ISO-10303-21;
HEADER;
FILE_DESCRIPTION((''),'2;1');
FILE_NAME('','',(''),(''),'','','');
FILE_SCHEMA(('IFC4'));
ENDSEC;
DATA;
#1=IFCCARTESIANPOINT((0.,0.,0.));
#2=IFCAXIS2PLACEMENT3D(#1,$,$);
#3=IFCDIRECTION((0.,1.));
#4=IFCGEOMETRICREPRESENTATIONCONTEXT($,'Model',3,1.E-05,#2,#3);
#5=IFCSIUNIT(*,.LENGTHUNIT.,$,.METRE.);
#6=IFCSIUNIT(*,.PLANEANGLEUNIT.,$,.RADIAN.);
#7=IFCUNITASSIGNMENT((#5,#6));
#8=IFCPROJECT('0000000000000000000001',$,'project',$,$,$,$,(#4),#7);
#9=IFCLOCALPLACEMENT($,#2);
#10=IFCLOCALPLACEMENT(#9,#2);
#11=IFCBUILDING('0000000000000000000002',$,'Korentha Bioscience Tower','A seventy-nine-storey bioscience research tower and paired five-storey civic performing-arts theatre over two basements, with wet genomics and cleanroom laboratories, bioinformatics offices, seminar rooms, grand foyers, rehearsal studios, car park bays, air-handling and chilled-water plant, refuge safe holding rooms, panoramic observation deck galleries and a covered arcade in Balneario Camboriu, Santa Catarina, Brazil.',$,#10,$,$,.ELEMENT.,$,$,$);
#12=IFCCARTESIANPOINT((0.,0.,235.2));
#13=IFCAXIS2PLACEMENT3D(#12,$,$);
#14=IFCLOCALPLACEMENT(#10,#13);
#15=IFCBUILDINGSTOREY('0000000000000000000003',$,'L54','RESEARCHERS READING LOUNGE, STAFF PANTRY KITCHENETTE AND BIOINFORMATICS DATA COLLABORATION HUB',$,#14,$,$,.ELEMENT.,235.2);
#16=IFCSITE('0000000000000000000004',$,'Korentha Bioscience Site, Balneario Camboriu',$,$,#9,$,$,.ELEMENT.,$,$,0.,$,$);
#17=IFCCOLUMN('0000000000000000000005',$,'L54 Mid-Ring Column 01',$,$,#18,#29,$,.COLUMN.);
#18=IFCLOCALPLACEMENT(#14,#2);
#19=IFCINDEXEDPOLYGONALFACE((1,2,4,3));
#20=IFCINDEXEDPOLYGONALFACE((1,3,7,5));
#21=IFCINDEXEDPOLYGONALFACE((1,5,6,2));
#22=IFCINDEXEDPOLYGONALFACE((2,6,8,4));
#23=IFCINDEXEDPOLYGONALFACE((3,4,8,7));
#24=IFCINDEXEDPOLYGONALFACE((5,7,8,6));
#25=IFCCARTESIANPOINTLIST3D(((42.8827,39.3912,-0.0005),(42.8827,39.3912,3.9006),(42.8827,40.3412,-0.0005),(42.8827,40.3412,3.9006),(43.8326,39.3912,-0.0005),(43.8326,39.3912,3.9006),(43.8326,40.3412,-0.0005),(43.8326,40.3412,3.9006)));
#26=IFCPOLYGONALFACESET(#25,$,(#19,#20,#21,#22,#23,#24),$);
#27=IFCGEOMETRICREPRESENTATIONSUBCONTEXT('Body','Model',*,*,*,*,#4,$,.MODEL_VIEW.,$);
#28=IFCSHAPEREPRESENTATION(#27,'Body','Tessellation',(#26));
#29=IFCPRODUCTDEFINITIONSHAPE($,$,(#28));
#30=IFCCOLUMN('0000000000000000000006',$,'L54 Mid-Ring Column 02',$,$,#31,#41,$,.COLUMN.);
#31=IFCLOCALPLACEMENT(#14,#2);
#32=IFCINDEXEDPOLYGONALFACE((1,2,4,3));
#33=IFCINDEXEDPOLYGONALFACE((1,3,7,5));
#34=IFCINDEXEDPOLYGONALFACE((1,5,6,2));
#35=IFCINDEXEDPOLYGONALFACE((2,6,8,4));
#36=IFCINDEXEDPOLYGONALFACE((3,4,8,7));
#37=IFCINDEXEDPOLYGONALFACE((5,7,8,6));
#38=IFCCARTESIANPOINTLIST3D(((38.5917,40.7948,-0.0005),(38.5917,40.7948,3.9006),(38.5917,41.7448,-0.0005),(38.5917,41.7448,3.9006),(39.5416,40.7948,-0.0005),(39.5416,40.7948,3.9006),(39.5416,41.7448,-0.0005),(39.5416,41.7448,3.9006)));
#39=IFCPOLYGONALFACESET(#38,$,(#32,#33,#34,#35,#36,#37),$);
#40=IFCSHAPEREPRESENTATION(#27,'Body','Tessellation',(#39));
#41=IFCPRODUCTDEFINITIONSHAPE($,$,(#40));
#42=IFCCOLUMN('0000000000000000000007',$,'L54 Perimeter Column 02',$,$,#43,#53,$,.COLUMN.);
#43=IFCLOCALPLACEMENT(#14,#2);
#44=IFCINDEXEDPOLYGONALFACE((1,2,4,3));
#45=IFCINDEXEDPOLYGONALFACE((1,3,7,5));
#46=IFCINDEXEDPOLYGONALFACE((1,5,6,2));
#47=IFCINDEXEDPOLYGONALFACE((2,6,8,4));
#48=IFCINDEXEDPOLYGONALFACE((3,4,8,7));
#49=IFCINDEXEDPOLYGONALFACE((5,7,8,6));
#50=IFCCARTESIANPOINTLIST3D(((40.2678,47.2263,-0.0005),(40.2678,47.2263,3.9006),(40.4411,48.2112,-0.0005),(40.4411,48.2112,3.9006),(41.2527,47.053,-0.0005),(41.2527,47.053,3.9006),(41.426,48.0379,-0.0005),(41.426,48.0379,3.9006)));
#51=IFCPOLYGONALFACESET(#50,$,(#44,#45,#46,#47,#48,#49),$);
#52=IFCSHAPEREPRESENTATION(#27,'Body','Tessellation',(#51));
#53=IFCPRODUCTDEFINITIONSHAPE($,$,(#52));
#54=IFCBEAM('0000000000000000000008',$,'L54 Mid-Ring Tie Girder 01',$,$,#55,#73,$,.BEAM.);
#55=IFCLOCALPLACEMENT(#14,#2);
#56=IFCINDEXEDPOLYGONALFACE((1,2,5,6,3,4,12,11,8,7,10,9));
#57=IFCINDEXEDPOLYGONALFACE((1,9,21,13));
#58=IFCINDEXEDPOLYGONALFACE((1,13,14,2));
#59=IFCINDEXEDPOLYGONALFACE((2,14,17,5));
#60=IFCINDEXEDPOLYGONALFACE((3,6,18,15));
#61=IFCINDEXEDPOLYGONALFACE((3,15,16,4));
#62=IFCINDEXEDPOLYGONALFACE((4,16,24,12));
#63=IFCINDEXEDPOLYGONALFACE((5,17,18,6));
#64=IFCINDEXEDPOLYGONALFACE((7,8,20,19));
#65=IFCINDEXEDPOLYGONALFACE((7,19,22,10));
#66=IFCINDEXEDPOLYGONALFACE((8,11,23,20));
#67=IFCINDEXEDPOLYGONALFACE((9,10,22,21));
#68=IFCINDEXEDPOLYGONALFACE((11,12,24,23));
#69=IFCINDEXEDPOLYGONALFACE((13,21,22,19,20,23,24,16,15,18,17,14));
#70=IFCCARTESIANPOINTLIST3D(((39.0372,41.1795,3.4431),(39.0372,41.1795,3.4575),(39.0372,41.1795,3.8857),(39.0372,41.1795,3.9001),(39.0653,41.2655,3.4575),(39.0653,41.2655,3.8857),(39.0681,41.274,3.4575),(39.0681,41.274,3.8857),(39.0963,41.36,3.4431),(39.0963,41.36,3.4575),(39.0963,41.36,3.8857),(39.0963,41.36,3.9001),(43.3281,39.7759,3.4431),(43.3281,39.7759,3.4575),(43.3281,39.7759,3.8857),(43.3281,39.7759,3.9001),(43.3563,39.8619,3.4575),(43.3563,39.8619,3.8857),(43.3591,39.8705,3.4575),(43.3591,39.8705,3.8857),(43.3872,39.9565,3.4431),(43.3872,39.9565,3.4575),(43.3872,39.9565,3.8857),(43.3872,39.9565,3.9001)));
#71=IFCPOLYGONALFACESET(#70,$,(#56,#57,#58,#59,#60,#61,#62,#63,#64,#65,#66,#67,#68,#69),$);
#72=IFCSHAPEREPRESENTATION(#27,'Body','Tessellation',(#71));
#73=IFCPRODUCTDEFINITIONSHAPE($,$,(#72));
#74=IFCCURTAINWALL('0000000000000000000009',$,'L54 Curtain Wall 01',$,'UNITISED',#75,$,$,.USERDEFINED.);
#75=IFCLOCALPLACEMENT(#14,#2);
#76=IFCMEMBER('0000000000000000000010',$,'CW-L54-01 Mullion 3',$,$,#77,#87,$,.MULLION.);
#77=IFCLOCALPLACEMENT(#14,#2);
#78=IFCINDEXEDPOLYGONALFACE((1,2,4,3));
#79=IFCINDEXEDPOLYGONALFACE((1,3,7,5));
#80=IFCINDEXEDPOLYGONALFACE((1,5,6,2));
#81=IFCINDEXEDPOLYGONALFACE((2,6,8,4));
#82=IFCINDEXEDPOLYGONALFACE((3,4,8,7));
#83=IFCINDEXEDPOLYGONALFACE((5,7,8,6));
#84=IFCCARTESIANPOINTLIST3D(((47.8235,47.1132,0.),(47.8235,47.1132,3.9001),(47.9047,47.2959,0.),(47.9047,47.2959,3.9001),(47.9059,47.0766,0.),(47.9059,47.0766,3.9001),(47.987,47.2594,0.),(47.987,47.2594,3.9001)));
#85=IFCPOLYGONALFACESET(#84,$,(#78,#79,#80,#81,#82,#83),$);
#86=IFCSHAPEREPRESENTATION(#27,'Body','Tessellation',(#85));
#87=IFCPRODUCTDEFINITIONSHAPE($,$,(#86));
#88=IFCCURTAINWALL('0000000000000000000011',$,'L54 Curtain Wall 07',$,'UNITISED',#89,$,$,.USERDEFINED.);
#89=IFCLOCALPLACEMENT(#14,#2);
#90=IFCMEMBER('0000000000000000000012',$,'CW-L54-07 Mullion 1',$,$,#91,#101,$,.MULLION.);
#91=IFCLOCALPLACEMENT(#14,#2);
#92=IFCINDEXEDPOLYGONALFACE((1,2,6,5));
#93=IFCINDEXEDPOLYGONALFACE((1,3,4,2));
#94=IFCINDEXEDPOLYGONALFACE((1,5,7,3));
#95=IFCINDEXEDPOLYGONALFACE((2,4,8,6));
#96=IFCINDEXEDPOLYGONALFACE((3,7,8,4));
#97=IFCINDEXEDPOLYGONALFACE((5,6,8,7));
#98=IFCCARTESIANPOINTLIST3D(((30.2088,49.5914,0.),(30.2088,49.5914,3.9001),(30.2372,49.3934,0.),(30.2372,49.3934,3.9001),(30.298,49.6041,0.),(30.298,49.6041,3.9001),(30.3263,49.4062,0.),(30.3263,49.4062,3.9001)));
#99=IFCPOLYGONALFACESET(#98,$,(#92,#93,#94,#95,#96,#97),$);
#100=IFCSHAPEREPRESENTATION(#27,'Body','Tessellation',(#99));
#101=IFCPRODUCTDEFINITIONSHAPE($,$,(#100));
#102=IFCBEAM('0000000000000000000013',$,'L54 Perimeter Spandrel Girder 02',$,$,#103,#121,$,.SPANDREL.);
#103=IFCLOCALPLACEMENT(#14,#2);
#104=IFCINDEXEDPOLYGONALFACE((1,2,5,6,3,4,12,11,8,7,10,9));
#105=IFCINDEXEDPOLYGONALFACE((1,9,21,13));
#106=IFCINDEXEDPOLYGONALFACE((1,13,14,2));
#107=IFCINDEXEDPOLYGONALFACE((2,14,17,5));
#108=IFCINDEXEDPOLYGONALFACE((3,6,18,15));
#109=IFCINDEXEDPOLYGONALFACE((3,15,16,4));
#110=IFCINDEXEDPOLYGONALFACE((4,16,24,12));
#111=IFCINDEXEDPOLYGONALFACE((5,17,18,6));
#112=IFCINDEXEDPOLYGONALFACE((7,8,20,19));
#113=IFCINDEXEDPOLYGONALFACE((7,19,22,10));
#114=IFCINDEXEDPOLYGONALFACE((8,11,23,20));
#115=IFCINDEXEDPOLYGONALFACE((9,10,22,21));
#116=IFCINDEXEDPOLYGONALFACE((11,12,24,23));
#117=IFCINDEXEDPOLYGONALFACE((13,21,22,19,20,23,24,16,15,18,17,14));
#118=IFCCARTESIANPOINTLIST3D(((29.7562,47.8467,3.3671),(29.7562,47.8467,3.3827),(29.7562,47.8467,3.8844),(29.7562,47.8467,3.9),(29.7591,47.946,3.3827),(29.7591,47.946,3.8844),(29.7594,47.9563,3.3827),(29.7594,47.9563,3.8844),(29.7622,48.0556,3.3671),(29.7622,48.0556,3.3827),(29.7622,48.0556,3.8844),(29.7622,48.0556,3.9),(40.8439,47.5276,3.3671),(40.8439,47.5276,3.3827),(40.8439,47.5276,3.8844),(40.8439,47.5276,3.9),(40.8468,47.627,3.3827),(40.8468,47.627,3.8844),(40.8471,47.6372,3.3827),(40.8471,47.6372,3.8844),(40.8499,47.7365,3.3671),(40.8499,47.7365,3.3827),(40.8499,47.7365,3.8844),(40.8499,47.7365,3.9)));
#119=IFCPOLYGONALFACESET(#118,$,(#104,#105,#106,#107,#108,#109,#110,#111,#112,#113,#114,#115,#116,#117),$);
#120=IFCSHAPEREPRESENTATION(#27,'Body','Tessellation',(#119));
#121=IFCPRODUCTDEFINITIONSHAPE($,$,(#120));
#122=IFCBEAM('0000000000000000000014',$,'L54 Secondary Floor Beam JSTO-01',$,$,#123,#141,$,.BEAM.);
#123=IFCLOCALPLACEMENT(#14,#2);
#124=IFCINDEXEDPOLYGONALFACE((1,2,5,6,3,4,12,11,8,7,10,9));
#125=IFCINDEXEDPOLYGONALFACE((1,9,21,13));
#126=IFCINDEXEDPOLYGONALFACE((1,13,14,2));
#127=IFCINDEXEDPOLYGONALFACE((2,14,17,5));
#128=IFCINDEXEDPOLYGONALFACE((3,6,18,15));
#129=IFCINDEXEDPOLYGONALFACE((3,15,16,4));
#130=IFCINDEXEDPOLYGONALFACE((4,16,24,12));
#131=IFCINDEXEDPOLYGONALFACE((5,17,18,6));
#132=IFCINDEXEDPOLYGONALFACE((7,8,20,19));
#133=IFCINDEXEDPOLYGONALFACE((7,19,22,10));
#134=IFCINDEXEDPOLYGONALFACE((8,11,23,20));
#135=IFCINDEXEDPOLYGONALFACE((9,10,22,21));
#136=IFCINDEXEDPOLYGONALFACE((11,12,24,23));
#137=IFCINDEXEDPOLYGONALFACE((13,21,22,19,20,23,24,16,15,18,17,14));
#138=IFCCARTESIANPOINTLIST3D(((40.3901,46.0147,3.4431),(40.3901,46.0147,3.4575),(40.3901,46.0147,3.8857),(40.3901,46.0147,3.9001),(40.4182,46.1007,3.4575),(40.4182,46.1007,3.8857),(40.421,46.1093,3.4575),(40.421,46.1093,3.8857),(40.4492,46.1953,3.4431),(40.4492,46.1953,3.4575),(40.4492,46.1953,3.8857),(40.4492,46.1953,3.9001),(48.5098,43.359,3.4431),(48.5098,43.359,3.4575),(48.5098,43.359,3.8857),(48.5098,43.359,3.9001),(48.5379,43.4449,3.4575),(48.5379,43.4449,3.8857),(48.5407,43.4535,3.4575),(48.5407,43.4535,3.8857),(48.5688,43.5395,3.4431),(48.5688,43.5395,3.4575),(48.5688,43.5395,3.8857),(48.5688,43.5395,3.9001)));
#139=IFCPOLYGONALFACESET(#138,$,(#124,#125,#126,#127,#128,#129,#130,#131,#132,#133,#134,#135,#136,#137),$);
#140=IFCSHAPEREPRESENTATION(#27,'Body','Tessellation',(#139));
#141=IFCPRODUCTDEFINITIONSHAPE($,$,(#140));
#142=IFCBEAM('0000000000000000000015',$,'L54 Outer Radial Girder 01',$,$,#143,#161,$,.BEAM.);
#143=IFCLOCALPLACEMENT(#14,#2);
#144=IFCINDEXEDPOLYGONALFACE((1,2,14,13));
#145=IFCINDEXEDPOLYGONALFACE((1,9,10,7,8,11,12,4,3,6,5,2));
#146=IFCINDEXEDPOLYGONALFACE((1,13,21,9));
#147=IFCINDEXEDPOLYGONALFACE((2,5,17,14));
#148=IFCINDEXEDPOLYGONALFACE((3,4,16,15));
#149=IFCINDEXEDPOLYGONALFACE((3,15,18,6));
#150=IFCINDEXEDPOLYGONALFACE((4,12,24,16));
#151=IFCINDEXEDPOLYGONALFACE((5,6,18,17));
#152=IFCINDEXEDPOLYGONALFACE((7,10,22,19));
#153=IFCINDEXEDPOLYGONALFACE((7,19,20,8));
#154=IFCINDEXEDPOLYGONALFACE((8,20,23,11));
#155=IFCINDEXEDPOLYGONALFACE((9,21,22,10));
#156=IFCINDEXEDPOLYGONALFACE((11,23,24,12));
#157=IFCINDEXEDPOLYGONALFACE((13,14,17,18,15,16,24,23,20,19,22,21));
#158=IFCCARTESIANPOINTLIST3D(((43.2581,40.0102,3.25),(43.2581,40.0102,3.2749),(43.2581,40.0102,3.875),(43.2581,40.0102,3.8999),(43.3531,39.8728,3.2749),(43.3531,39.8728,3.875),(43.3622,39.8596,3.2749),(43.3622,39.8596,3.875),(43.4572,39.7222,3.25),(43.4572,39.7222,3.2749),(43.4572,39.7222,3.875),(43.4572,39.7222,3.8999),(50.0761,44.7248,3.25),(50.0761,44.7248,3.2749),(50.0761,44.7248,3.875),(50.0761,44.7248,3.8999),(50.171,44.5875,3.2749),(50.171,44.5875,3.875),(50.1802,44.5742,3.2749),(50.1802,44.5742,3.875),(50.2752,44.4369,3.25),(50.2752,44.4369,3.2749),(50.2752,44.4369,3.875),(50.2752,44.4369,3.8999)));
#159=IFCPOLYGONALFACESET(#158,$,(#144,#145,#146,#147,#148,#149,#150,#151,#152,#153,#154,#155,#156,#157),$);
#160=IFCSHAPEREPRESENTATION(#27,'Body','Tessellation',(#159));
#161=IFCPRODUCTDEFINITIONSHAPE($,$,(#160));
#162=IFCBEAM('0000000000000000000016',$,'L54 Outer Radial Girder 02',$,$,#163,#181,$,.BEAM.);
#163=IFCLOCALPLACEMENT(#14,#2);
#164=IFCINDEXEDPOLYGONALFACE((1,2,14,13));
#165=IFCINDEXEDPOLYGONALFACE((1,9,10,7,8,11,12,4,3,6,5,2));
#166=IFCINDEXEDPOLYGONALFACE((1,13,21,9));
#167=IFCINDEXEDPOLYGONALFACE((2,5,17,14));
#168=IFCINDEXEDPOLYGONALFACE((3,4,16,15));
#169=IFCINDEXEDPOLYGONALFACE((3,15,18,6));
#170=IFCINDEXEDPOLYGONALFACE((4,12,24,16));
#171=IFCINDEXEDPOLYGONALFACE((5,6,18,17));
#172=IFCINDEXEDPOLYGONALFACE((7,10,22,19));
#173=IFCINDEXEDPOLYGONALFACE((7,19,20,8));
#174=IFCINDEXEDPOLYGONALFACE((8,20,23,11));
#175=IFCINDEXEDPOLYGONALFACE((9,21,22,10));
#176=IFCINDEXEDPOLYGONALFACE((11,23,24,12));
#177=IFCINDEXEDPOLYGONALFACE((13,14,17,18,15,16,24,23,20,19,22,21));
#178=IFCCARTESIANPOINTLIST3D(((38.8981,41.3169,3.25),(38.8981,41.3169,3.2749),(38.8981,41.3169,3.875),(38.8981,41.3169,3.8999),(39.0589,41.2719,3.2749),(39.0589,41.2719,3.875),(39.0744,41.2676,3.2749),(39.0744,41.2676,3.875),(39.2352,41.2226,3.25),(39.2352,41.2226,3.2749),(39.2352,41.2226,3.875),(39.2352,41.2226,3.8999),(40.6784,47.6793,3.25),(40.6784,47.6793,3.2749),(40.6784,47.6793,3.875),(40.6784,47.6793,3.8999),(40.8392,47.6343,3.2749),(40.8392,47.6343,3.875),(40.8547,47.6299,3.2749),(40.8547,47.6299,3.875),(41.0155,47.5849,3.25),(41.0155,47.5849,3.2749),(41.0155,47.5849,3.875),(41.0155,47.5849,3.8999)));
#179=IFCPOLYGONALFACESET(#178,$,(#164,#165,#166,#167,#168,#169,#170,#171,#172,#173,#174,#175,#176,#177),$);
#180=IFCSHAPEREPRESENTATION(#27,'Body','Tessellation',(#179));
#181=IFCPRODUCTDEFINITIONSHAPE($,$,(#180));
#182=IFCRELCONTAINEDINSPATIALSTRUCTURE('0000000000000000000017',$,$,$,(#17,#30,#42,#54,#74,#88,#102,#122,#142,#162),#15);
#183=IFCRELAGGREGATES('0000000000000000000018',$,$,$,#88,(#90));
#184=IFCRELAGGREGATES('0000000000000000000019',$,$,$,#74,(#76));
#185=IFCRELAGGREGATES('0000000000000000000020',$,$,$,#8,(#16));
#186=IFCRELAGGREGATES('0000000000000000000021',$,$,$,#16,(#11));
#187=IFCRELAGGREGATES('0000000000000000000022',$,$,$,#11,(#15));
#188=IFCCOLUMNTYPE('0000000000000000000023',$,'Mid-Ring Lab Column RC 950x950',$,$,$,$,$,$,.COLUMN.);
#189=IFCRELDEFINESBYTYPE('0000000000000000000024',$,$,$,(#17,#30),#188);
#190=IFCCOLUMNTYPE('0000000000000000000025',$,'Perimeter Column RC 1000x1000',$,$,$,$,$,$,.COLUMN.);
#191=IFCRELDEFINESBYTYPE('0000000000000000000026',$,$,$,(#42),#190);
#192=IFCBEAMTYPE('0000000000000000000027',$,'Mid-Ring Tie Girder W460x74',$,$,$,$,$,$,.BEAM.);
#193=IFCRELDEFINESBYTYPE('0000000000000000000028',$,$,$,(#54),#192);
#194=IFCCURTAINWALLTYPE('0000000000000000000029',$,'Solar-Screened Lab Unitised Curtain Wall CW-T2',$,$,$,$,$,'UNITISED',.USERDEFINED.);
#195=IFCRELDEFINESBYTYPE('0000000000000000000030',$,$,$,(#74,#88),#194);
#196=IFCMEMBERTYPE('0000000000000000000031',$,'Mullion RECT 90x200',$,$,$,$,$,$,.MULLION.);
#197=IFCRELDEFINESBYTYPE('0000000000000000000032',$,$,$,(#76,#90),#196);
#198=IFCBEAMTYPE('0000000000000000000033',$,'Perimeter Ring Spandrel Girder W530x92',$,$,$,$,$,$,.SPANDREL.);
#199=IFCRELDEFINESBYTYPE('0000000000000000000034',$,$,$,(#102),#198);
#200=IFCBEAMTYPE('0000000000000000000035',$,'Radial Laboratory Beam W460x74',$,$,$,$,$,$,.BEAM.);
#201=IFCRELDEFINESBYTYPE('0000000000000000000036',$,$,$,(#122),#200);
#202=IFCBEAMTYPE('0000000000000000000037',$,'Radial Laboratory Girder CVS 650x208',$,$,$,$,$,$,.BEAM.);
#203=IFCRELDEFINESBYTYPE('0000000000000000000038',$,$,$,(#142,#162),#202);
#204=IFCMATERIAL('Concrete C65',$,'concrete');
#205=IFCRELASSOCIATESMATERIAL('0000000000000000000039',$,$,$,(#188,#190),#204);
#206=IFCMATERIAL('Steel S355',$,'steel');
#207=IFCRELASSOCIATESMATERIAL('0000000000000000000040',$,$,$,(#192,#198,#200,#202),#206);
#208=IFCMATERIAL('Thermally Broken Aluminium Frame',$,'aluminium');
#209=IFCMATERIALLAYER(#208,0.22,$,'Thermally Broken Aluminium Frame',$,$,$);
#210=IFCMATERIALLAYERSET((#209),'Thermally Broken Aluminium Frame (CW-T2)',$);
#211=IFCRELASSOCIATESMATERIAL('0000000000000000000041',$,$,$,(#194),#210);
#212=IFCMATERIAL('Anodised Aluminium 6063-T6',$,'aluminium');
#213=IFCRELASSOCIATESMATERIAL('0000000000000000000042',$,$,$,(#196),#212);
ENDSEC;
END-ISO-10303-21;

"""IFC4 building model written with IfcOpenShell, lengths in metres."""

from ifc_helpers import new_model, si_unit, direction, frame, origin, origin_2d, place, context, subcontext, project, spatial, rectangle, i_section, extrude, material, layer, layer_set, material_profile, profile_set, type_object, element, aggregate, save


model = new_model("IFC4")

# Units and contexts
model_context = context("Model", 3, precision=1e-05, world=origin(), true_north=direction((0.0, 1.0)))
body_context = subcontext(model_context, "Body", "Model", "MODEL_VIEW")
ifc_project = project(units=[si_unit("LENGTHUNIT", "METRE"), si_unit("PLANEANGLEUNIT", "RADIAN")], contexts=[model_context])

# Site, building, storey
site_placement = place(None, origin())
site = spatial("IfcSite", under=ifc_project, at=site_placement, Name="Korentha Bioscience Site, Balneario Camboriu", CompositionType="ELEMENT", RefElevation=0.0)
building_placement = place(site_placement, origin())
building = spatial("IfcBuilding", under=site, at=building_placement, Name="Korentha Bioscience Tower", Description="A seventy-nine-storey bioscience research tower and paired five-storey civic performing-arts theatre over two basements, with wet genomics and cleanroom laboratories, bioinformatics offices, seminar rooms, grand foyers, rehearsal studios, car park bays, air-handling and chilled-water plant, refuge safe holding rooms, panoramic observation deck galleries and a covered arcade in Balneario Camboriu, Santa Catarina, Brazil.", CompositionType="ELEMENT")
storey_placement = place(building_placement, frame((0.0, 0.0, 235.2)))
storey = spatial("IfcBuildingStorey", under=building, at=storey_placement, Name="L54", Description="RESEARCHERS READING LOUNGE, STAFF PANTRY KITCHENETTE AND BIOINFORMATICS DATA COLLABORATION HUB", CompositionType="ELEMENT", Elevation=235.2)

# Columns
ifc_material_1 = material(Name="Concrete C65", Category="concrete")
ifc_material_profile_1 = material_profile(ifc_material_1, rectangle(XDim=0.95, YDim=0.95, at=origin_2d()), Name="Concrete C65")
ifc_profile_set_1 = profile_set([ifc_material_profile_1], Name="Concrete C65 (COL-MR09)")
column_type_1 = type_object("IfcColumnType", Name="Mid-Ring Lab Column RC 950x950", PredefinedType="COLUMN", material=ifc_profile_set_1)
for number, where, z_axis, x_axis, name in (
    (1, (43.3577, 39.8662, -0.0005), (0.0, 0.0, 1.0), (1.0, 0.0, 0.0), "L54 Mid-Ring Column 01"),
    (2, (39.0667, 41.2698, -0.0005), (0.0, 0.0, 1.0), (1.0, 0.0, 0.0), "L54 Mid-Ring Column 02"),
):
    element("IfcColumn", number, at=place(storey_placement, frame(where, z_axis=z_axis, x_axis=x_axis)), inside=storey, type_object=column_type_1, Name=name, PredefinedType="COLUMN", context=body_context, shape_type="SweptSolid", body=[
        extrude(rectangle(XDim=0.95, YDim=0.95, at=origin_2d()), origin(), (0.0, 0.0, 1.0), 3.9011),
    ])
ifc_material_profile_2 = material_profile(ifc_material_1, rectangle(XDim=1.0, YDim=1.0, at=origin_2d()), Name="Concrete C65")
ifc_profile_set_2 = profile_set([ifc_material_profile_2], Name="Concrete C65 (COL-P10)")
column_type_2 = type_object("IfcColumnType", Name="Perimeter Column RC 1000x1000", PredefinedType="COLUMN", material=ifc_profile_set_2)
column_placement = place(storey_placement, frame((40.8469, 47.6321, -0.0005), z_axis=(0.0, 0.0, 1.0), x_axis=(-0.984868, 0.173304, 0.0)))
element("IfcColumn", 3, at=column_placement, inside=storey, type_object=column_type_2, Name="L54 Perimeter Column 02", PredefinedType="COLUMN", context=body_context, shape_type="SweptSolid", body=[
    extrude(rectangle(XDim=1.0, YDim=1.0, at=origin_2d()), origin(), (0.0, 0.0, 1.0), 3.9011),
])

# Beam
ifc_material_2 = material(Name="Steel S355", Category="steel")
ifc_material_profile_3 = material_profile(ifc_material_2, i_section(OverallWidth=0.1899, OverallDepth=0.457, WebThickness=0.009, FlangeThickness=0.0144, at=origin_2d()), Name="Steel S355")
ifc_profile_set_3 = profile_set([ifc_material_profile_3], Name="Steel S355 (MB-460)")
beam_type_1 = type_object("IfcBeamType", Name="Mid-Ring Tie Girder W460x74", PredefinedType="BEAM", material=ifc_profile_set_3)
beam_1_placement = place(storey_placement, frame((43.3577, 39.8662, 3.6716), z_axis=(-0.950447, 0.310885, 0.0), x_axis=(-0.310885, -0.950447, 0.0)))
element("IfcBeam", 4, at=beam_1_placement, inside=storey, type_object=beam_type_1, Name="L54 Mid-Ring Tie Girder 01", PredefinedType="BEAM", context=body_context, shape_type="SweptSolid", body=[
    extrude(i_section(OverallWidth=0.1899, OverallDepth=0.457, WebThickness=0.009, FlangeThickness=0.0144, at=origin_2d()), origin(), (0.0, 0.0, 1.0), 4.5146),
])

# Curtain walls, members
ifc_material_3 = material(Name="Thermally Broken Aluminium Frame", Category="aluminium")
ifc_layer_1 = layer(ifc_material_3, 0.22, Name="Thermally Broken Aluminium Frame")
ifc_layer_set_1 = layer_set([ifc_layer_1], Name="Thermally Broken Aluminium Frame (CW-T2)")
curtain_wall_type = type_object("IfcCurtainWallType", Name="Solar-Screened Lab Unitised Curtain Wall CW-T2", ElementType="UNITISED", PredefinedType="USERDEFINED", material=ifc_layer_set_1)
curtain_wall_1_placement = place(storey_placement, origin())
curtain_wall_1 = element("IfcCurtainWall", 5, at=curtain_wall_1_placement, inside=storey, type_object=curtain_wall_type, Name="L54 Curtain Wall 01", ObjectType="UNITISED", PredefinedType="USERDEFINED")
ifc_material_4 = material(Name="Anodised Aluminium 6063-T6", Category="aluminium")
ifc_material_profile_4 = material_profile(ifc_material_4, rectangle(XDim=0.0901, YDim=0.2, at=origin_2d()), Name="Anodised Aluminium 6063-T6")
ifc_profile_set_4 = profile_set([ifc_material_profile_4], Name="Anodised Aluminium 6063-T6 (CW-MUL)")
member_type = type_object("IfcMemberType", Name="Mullion RECT 90x200", PredefinedType="MULLION", material=ifc_profile_set_4)
member_1_placement = place(storey_placement, frame((47.9053, 47.1863, 0.0), z_axis=(0.0, 0.0, 1.0), x_axis=(-0.913944, 0.40584, 0.0)))
member_1 = element("IfcMember", 6, at=member_1_placement, type_object=member_type, Name="CW-L54-01 Mullion 3", PredefinedType="MULLION", context=body_context, shape_type="SweptSolid", body=[
    extrude(rectangle(XDim=0.0901, YDim=0.2, at=origin_2d()), origin(), (0.0, 0.0, 1.0), 3.9001),
])
curtain_wall_2_placement = place(storey_placement, origin())
curtain_wall_2 = element("IfcCurtainWall", 7, at=curtain_wall_2_placement, inside=storey, type_object=curtain_wall_type, Name="L54 Curtain Wall 07", ObjectType="UNITISED", PredefinedType="USERDEFINED")
member_2_placement = place(storey_placement, frame((30.2676, 49.4988, 0.0), z_axis=(0.0, 0.0, 1.0), x_axis=(-0.989902, -0.141754, 0.0)))
member_2 = element("IfcMember", 8, at=member_2_placement, type_object=member_type, Name="CW-L54-07 Mullion 1", PredefinedType="MULLION", context=body_context, shape_type="SweptSolid", body=[
    extrude(rectangle(XDim=0.0901, YDim=0.2, at=origin_2d()), origin(), (0.0, 0.0, 1.0), 3.9001),
])
aggregate(curtain_wall_2, [member_2])

# Beams
ifc_material_profile_5 = material_profile(ifc_material_2, i_section(OverallWidth=0.209, OverallDepth=0.533, WebThickness=0.0103, FlangeThickness=0.0156, at=origin_2d()), Name="Steel S355")
ifc_profile_set_5 = profile_set([ifc_material_profile_5], Name="Steel S355 (SB-530)")
beam_type_2 = type_object("IfcBeamType", Name="Perimeter Ring Spandrel Girder W530x92", PredefinedType="SPANDREL", material=ifc_profile_set_5)
beam_2_placement = place(storey_placement, frame((40.8469, 47.6321, 3.6335), z_axis=(-0.999586, 0.028767, 0.0), x_axis=(-0.028767, -0.999586, 0.0)))
element("IfcBeam", 9, at=beam_2_placement, inside=storey, type_object=beam_type_2, Name="L54 Perimeter Spandrel Girder 02", PredefinedType="SPANDREL", context=body_context, shape_type="SweptSolid", body=[
    extrude(i_section(OverallWidth=0.209, OverallDepth=0.533, WebThickness=0.0103, FlangeThickness=0.0156, at=origin_2d()), origin(), (0.0, 0.0, 1.0), 11.0923),
])
ifc_material_profile_6 = material_profile(ifc_material_2, i_section(OverallWidth=0.1899, OverallDepth=0.457, WebThickness=0.009, FlangeThickness=0.0144, at=origin_2d()), Name="Steel S355")
ifc_profile_set_6 = profile_set([ifc_material_profile_6], Name="Steel S355 (RB-460)")
beam_type_3 = type_object("IfcBeamType", Name="Radial Laboratory Beam W460x74", PredefinedType="BEAM", material=ifc_profile_set_6)
beam_3_placement = place(storey_placement, frame((48.5393, 43.4492, 3.6716), z_axis=(-0.950451, 0.310873, 0.0), x_axis=(-0.310873, -0.950451, 0.0)))
element("IfcBeam", 10, at=beam_3_placement, inside=storey, type_object=beam_type_3, Name="L54 Secondary Floor Beam JSTO-01", PredefinedType="BEAM", context=body_context, shape_type="SweptSolid", body=[
    extrude(i_section(OverallWidth=0.1899, OverallDepth=0.457, WebThickness=0.009, FlangeThickness=0.0144, at=origin_2d()), origin(), (0.0, 0.0, 1.0), 8.543),
])
ifc_material_profile_7 = material_profile(ifc_material_2, i_section(OverallWidth=0.3501, OverallDepth=0.6499, WebThickness=0.0161, FlangeThickness=0.0249, at=origin_2d()), Name="Steel S355")
ifc_profile_set_7 = profile_set([ifc_material_profile_7], Name="Steel S355 (RB-650)")
beam_type_4 = type_object("IfcBeamType", Name="Radial Laboratory Girder CVS 650x208", PredefinedType="BEAM", material=ifc_profile_set_7)
beam_4_placement = place(storey_placement, frame((43.3577, 39.8662, 3.575), z_axis=(0.822501, 0.568764, 0.0), x_axis=(-0.568764, 0.822501, 0.0)))
element("IfcBeam", 11, at=beam_4_placement, inside=storey, type_object=beam_type_4, Name="L54 Outer Radial Girder 01", PredefinedType="BEAM", context=body_context, shape_type="SweptSolid", body=[
    extrude(i_section(OverallWidth=0.3501, OverallDepth=0.6499, WebThickness=0.0161, FlangeThickness=0.0249, at=origin_2d()), origin(), (0.0, 0.0, 1.0), 8.2893),
])
beam_5_placement = place(storey_placement, frame((39.0667, 41.2698, 3.575), z_axis=(0.269465, 0.96301, 0.0), x_axis=(-0.96301, 0.269465, 0.0)))
element("IfcBeam", 12, at=beam_5_placement, inside=storey, type_object=beam_type_4, Name="L54 Outer Radial Girder 02", PredefinedType="BEAM", context=body_context, shape_type="SweptSolid", body=[
    extrude(i_section(OverallWidth=0.3501, OverallDepth=0.6499, WebThickness=0.0161, FlangeThickness=0.0249, at=origin_2d()), origin(), (0.0, 0.0, 1.0), 6.6067),
])

aggregate(curtain_wall_1, [member_1])

save(model, "model.ifc")
